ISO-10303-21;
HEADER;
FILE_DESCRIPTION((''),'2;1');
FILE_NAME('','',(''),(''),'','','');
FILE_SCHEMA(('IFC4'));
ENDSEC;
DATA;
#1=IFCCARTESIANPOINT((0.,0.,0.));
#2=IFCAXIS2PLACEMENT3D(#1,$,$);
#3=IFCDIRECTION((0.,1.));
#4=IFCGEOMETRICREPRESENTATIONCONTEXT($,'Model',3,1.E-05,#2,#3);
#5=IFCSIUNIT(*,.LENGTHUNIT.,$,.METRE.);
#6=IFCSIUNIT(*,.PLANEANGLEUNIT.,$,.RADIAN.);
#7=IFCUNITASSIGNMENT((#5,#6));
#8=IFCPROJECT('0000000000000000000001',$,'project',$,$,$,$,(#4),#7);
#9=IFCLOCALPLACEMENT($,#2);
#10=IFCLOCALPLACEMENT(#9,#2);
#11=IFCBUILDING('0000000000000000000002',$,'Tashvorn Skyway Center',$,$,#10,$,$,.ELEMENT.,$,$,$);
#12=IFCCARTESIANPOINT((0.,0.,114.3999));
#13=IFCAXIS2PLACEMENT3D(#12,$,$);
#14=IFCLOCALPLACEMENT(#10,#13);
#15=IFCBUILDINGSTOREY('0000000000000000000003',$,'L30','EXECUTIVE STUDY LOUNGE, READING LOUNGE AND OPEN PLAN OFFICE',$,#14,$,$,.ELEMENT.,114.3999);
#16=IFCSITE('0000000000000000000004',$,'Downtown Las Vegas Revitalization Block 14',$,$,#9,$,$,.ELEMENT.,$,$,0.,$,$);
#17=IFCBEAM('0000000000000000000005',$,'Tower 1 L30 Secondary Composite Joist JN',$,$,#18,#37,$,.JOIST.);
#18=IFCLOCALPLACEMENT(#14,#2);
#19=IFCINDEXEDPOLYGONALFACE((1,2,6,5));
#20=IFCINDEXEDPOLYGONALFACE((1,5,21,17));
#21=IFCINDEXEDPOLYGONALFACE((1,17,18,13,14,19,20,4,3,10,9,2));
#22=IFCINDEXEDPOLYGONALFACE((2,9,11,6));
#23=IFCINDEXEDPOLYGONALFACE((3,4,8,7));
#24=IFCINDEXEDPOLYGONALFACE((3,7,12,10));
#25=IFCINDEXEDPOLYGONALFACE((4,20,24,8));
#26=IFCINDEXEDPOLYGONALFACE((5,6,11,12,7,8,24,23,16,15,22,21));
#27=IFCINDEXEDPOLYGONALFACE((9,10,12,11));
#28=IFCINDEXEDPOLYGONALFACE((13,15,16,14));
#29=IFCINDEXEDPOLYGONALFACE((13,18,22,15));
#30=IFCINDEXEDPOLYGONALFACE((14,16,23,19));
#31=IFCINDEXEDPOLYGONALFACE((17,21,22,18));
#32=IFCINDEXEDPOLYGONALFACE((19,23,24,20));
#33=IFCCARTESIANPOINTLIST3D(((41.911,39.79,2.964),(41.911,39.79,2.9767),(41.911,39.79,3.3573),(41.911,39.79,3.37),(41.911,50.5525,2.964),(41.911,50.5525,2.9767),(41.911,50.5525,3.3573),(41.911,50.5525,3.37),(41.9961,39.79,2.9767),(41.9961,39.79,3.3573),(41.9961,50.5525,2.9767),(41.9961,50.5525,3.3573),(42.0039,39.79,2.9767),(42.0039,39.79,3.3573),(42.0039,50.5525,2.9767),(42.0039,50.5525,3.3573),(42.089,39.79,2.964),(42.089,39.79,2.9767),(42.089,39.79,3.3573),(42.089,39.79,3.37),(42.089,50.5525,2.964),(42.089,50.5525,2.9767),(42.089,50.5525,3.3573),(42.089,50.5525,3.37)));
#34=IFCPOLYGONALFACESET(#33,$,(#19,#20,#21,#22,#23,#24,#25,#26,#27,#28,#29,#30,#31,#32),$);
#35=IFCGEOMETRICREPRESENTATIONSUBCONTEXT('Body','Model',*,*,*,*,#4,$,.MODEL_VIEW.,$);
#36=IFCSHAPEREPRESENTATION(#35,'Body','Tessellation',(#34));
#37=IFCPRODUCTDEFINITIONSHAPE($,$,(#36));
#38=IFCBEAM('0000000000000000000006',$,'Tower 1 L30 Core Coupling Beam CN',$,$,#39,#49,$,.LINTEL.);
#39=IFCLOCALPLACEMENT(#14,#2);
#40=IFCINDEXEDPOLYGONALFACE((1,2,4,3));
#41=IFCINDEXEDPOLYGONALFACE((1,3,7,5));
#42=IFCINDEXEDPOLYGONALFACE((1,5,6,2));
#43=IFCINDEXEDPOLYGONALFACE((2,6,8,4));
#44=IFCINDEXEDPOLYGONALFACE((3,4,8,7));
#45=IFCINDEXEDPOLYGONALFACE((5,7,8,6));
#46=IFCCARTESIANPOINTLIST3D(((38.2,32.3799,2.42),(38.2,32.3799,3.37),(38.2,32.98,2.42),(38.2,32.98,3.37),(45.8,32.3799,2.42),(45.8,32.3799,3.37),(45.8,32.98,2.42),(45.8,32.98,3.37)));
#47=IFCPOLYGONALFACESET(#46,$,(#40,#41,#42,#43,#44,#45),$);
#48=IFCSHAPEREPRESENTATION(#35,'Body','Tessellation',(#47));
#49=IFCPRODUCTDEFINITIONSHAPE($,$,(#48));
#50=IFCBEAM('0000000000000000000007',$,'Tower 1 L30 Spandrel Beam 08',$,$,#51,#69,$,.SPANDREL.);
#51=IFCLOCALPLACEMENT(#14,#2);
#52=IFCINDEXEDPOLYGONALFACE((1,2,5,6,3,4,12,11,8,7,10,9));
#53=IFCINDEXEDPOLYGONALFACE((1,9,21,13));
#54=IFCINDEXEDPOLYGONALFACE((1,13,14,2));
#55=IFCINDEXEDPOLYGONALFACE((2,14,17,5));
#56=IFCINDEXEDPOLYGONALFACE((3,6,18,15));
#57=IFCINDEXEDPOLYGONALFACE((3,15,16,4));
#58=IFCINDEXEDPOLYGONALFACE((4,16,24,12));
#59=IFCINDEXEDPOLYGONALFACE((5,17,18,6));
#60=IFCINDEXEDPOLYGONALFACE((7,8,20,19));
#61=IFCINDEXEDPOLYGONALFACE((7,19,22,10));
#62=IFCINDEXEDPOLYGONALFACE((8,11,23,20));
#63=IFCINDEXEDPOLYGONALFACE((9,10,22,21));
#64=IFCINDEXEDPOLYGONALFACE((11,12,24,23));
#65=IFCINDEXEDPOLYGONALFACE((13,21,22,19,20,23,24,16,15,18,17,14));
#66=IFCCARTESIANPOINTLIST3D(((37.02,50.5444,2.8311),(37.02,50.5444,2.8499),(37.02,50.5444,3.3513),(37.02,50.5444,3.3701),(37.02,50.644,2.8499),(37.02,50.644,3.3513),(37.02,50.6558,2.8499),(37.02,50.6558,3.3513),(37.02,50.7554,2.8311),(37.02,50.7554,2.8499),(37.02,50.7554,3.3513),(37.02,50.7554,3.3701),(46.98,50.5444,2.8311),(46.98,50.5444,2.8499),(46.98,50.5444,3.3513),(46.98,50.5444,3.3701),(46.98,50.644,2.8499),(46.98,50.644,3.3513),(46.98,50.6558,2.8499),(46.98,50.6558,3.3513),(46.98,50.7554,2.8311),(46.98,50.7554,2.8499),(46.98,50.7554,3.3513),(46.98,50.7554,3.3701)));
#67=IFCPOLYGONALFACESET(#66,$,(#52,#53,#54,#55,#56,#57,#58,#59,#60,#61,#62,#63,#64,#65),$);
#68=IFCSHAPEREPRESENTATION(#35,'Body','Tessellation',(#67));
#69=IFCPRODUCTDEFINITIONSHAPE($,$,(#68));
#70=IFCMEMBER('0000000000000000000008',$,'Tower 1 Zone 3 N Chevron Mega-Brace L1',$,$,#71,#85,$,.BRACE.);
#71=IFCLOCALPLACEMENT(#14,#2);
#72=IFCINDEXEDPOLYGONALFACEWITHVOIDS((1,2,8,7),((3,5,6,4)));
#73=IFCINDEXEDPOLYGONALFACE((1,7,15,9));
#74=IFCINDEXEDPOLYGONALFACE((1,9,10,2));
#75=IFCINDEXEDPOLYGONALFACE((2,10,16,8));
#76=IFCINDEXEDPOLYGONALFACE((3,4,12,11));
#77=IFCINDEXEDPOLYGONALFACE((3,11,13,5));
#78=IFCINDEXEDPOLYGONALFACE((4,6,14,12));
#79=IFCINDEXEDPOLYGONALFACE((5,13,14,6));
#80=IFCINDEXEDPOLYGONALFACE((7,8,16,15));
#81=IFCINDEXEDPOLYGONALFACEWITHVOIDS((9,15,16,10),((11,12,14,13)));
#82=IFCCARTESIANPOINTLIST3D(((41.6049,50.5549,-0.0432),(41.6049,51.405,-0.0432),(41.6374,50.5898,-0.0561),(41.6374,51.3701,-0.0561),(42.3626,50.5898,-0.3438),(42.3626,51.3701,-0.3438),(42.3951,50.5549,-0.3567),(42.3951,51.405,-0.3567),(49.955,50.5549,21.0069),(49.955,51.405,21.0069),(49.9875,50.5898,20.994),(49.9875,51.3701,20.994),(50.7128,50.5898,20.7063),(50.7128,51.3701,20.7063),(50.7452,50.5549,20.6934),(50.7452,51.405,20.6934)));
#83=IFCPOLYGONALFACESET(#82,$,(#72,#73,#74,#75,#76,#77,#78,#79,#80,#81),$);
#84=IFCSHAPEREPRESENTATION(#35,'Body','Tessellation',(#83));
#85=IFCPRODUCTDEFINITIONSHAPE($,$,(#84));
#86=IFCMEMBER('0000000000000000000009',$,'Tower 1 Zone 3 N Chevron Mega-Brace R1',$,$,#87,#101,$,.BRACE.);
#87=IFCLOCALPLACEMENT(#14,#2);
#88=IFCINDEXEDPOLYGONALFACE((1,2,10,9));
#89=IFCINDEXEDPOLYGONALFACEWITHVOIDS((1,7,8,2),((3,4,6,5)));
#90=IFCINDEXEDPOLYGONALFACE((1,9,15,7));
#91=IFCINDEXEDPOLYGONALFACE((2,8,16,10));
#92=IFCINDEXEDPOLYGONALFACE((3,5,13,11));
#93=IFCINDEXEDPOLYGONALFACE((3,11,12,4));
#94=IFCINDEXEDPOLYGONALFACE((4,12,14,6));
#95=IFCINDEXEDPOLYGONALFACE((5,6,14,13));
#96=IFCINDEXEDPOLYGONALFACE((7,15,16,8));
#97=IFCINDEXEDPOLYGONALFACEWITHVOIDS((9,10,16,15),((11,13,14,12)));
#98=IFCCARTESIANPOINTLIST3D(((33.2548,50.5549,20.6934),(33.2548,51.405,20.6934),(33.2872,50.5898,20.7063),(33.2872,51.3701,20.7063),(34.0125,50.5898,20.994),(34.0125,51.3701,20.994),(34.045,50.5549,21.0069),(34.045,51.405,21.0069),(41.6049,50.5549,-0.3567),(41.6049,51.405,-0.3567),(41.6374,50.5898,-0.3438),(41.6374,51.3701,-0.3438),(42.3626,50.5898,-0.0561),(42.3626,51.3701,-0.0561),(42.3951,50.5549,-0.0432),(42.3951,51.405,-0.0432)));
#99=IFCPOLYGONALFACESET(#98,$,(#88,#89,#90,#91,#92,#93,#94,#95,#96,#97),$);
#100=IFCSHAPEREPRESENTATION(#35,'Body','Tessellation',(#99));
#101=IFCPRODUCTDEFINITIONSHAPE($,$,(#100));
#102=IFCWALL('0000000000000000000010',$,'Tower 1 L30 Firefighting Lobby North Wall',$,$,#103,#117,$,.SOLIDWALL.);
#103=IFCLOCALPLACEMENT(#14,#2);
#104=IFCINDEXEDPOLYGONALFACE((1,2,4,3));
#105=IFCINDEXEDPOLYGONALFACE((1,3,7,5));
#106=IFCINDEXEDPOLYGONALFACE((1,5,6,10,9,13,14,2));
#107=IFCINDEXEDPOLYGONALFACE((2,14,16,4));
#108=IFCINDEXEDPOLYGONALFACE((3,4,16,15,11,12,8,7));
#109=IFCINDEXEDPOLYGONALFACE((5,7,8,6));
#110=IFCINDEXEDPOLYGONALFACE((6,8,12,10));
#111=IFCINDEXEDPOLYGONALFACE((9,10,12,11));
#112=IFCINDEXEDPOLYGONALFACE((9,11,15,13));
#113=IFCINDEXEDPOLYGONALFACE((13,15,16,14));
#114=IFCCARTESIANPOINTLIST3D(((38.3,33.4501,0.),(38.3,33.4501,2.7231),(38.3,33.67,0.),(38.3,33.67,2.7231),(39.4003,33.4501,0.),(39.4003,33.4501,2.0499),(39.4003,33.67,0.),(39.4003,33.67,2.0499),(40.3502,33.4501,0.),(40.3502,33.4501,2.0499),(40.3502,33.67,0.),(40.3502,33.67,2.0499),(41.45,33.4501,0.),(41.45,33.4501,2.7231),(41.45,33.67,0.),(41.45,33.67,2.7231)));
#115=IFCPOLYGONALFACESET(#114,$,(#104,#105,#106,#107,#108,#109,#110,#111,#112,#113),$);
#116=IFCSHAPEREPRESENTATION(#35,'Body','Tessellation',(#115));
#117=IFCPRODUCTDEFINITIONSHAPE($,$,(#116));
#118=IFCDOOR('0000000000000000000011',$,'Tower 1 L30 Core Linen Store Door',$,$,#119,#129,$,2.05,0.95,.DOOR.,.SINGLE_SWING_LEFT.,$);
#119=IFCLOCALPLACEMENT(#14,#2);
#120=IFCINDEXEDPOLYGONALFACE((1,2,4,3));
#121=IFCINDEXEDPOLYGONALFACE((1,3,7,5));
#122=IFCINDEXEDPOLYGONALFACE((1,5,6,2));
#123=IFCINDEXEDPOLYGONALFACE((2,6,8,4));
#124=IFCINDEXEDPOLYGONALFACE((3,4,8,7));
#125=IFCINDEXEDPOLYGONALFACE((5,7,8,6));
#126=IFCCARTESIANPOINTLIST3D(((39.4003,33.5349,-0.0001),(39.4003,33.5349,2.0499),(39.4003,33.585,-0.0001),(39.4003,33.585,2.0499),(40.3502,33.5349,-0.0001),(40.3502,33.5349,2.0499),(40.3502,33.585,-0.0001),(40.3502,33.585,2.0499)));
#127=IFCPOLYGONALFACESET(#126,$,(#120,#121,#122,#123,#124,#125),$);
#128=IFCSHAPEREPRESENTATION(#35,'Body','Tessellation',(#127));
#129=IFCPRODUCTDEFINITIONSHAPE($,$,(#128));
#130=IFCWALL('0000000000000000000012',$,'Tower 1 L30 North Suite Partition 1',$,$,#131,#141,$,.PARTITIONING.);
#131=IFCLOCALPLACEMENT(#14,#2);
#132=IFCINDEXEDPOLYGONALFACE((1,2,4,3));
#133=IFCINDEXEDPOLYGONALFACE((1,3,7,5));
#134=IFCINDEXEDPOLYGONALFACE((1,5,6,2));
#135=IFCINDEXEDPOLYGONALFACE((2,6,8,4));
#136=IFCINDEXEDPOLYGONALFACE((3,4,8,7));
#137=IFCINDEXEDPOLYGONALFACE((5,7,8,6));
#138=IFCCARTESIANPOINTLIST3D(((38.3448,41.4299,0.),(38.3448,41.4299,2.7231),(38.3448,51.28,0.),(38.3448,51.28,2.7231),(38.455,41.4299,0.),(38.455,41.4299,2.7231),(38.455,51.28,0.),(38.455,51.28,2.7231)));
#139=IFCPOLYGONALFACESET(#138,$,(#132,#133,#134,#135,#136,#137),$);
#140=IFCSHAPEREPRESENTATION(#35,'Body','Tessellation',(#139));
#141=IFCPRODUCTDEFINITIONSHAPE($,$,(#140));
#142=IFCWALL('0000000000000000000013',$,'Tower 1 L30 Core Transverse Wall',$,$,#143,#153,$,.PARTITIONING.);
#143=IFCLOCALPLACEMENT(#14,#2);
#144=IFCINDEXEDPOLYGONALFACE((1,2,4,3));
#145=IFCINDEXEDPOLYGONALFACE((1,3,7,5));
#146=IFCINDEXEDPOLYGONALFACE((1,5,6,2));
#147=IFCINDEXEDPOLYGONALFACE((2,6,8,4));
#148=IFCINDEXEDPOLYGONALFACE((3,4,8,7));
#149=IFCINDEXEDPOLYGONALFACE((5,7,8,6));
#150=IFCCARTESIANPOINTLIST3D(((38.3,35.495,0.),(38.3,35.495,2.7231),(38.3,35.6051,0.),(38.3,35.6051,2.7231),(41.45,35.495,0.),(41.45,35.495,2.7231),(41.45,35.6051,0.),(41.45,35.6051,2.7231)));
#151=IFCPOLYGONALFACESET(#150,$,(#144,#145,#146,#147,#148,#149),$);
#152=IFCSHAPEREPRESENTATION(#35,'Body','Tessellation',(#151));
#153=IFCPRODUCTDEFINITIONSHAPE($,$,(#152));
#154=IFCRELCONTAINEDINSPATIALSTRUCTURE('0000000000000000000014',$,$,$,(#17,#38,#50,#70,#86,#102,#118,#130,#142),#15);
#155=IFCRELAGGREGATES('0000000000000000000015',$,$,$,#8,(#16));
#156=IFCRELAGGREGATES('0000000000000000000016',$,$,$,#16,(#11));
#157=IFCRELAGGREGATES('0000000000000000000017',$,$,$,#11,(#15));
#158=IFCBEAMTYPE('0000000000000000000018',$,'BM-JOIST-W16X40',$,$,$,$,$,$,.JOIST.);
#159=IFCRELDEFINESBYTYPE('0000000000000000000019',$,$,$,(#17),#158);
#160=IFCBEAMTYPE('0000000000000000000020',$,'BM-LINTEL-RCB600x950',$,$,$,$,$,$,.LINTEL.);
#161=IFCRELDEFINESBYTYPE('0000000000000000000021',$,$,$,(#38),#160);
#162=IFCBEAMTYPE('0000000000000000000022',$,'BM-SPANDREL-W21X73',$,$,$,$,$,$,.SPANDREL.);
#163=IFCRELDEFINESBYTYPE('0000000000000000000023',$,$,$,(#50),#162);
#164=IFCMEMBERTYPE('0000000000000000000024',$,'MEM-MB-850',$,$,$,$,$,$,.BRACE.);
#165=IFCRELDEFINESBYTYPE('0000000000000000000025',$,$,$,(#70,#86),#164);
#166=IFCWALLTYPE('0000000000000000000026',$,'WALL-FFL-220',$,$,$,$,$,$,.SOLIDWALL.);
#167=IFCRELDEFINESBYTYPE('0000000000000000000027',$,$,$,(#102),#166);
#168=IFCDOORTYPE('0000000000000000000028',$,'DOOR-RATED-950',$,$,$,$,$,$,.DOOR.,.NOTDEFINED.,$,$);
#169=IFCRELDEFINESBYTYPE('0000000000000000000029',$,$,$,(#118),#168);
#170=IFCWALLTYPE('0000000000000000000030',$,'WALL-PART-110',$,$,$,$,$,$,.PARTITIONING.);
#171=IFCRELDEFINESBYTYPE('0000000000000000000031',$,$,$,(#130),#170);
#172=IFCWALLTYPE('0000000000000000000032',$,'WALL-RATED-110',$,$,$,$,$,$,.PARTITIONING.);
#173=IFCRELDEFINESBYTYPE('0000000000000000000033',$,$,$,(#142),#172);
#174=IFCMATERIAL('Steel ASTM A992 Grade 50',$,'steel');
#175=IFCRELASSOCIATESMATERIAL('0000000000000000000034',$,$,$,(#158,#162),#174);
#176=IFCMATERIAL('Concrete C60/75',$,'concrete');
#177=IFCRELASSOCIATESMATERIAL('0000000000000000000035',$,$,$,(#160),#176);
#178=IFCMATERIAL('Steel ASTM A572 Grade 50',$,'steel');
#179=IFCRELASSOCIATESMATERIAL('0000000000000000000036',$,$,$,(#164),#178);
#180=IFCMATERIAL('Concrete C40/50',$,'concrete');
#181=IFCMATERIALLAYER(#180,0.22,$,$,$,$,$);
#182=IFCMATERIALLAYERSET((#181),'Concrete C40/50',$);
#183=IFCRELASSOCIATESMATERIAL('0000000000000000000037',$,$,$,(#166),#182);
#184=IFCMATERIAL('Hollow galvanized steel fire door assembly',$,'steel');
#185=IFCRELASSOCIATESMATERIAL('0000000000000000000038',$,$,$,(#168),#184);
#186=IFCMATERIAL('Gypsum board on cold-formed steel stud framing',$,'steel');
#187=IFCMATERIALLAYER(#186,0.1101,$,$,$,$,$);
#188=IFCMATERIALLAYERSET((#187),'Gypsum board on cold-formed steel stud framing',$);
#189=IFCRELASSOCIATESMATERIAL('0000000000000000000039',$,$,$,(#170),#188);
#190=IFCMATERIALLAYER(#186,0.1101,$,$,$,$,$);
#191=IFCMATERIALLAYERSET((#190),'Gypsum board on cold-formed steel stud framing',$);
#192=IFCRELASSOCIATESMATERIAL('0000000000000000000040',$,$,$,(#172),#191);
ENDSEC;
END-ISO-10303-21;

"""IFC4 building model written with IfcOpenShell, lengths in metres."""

from ifc_helpers import new_model, si_unit, direction, frame, frame_2d, origin, origin_2d, place, context, subcontext, project, spatial, rectangle, hollow_rectangle, i_section, extrude, material, layer, layer_set, material_profile, profile_set, type_object, element, fill, save


model = new_model("IFC4")

# Units and contexts
model_context = context("Model", 3, precision=1e-05, world=origin(), true_north=direction((0.0, 1.0)))
body_context = subcontext(model_context, "Body", "Model", "MODEL_VIEW")
ifc_project = project(units=[si_unit("LENGTHUNIT", "METRE"), si_unit("PLANEANGLEUNIT", "RADIAN")], contexts=[model_context])

# Site, building, storey
site_placement = place(None, origin())
site = spatial("IfcSite", under=ifc_project, at=site_placement, Name="Downtown Las Vegas Revitalization Block 14", CompositionType="ELEMENT", RefElevation=0.0)
building_placement = place(site_placement, origin())
building = spatial("IfcBuilding", under=site, at=building_placement, Name="Tashvorn Skyway Center", CompositionType="ELEMENT")
storey_placement = place(building_placement, frame((0.0, 0.0, 114.3999)))
storey = spatial("IfcBuildingStorey", under=building, at=storey_placement, Name="L30", Description="EXECUTIVE STUDY LOUNGE, READING LOUNGE AND OPEN PLAN OFFICE", CompositionType="ELEMENT", Elevation=114.3999)

# Beams
ifc_material_1 = material(Name="Steel ASTM A992 Grade 50", Category="steel")
ifc_material_profile_1 = material_profile(ifc_material_1, i_section(OverallWidth=0.178, OverallDepth=0.406, WebThickness=0.0078, FlangeThickness=0.0127, at=origin_2d()), Name="W16X40")
ifc_profile_set_1 = profile_set([ifc_material_profile_1], Name="Steel ASTM A992 Grade 50")
beam_type_1 = type_object("IfcBeamType", Name="BM-JOIST-W16X40", PredefinedType="JOIST", material=ifc_profile_set_1)
beam_1_placement = place(storey_placement, frame((42.0, 39.79, 3.167), z_axis=(0.0, 1.0, 0.0), x_axis=(-1.0, 0.0, 0.0)))
element("IfcBeam", 1, at=beam_1_placement, inside=storey, type_object=beam_type_1, Name="Tower 1 L30 Secondary Composite Joist JN", PredefinedType="JOIST", context=body_context, shape_type="SweptSolid", body=[
    extrude(i_section(OverallWidth=0.178, OverallDepth=0.406, WebThickness=0.0078, FlangeThickness=0.0127, at=origin_2d()), origin(), (0.0, 0.0, 1.0), 10.7625),
])
ifc_material_2 = material(Name="Concrete C60/75", Category="concrete")
ifc_material_profile_2 = material_profile(ifc_material_2, rectangle(XDim=0.6001, YDim=0.95, at=origin_2d()), Name="RCB600x950")
ifc_profile_set_2 = profile_set([ifc_material_profile_2], Name="Concrete C60/75")
beam_type_2 = type_object("IfcBeamType", Name="BM-LINTEL-RCB600x950", PredefinedType="LINTEL", material=ifc_profile_set_2)
beam_2_placement = place(storey_placement, frame((38.2, 32.6799, 2.895), z_axis=(1.0, 0.0, 0.0), x_axis=(0.0, 1.0, 0.0)))
element("IfcBeam", 2, at=beam_2_placement, inside=storey, type_object=beam_type_2, Name="Tower 1 L30 Core Coupling Beam CN", PredefinedType="LINTEL", context=body_context, shape_type="SweptSolid", body=[
    extrude(rectangle(XDim=0.6001, YDim=0.95, at=origin_2d()), origin(), (0.0, 0.0, 1.0), 7.6001),
])
ifc_material_profile_3 = material_profile(ifc_material_1, i_section(OverallWidth=0.2109, OverallDepth=0.5391, WebThickness=0.0117, FlangeThickness=0.0188, at=origin_2d()), Name="W21X73")
ifc_profile_set_3 = profile_set([ifc_material_profile_3], Name="Steel ASTM A992 Grade 50")
beam_type_3 = type_object("IfcBeamType", Name="BM-SPANDREL-W21X73", PredefinedType="SPANDREL", material=ifc_profile_set_3)
beam_3_placement = place(storey_placement, frame((46.98, 50.6499, 3.1006), z_axis=(-1.0, 0.0, 0.0), x_axis=(0.0, -1.0, 0.0)))
element("IfcBeam", 3, at=beam_3_placement, inside=storey, type_object=beam_type_3, Name="Tower 1 L30 Spandrel Beam 08", PredefinedType="SPANDREL", context=body_context, shape_type="SweptSolid", body=[
    extrude(i_section(OverallWidth=0.2109, OverallDepth=0.5391, WebThickness=0.0117, FlangeThickness=0.0188, at=origin_2d()), origin(), (0.0, 0.0, 1.0), 9.96),
])

# Members
ifc_material_3 = material(Name="Steel ASTM A572 Grade 50", Category="steel")
ifc_material_profile_4 = material_profile(ifc_material_3, hollow_rectangle(XDim=0.8501, YDim=0.8501, WallThickness=0.0349, at=origin_2d()), Name="BOX850x850x35")
ifc_profile_set_4 = profile_set([ifc_material_profile_4], Name="Steel ASTM A572 Grade 50")
member_type = type_object("IfcMemberType", Name="MEM-MB-850", PredefinedType="BRACE", material=ifc_profile_set_4)
for number, where, z_axis, x_axis, name in (
    (4, (42.0, 50.98, -0.2), (0.368727, 0.0, 0.929538), (0.0, 1.0, 0.0), "Tower 1 Zone 3 N Chevron Mega-Brace L1"),
    (5, (42.0, 50.98, -0.2), (-0.368727, 0.0, 0.929538), (0.0, -1.0, 0.0), "Tower 1 Zone 3 N Chevron Mega-Brace R1"),
):
    element("IfcMember", number, at=place(storey_placement, frame(where, z_axis=z_axis, x_axis=x_axis)), inside=storey, type_object=member_type, Name=name, PredefinedType="BRACE", context=body_context, shape_type="SweptSolid", body=[
        extrude(hollow_rectangle(XDim=0.8501, YDim=0.8501, WallThickness=0.0349, at=origin_2d()), origin(), (0.0, 0.0, 1.0), 22.6458),
    ])

# Wall, opening, door
ifc_material_4 = material(Name="Concrete C40/50", Category="concrete")
ifc_layer_1 = layer(ifc_material_4, 0.22)
ifc_layer_set_1 = layer_set([ifc_layer_1], Name="Concrete C40/50")
wall_type_1 = type_object("IfcWallType", Name="WALL-FFL-220", PredefinedType="SOLIDWALL", material=ifc_layer_set_1)
wall_1_placement = place(storey_placement, frame((38.3, 33.5601, 0.0), z_axis=(0.0, 0.0, 1.0), x_axis=(1.0, 0.0, 0.0)))
wall_1 = element("IfcWall", 6, at=wall_1_placement, inside=storey, type_object=wall_type_1, Name="Tower 1 L30 Firefighting Lobby North Wall", PredefinedType="SOLIDWALL", context=body_context, shape_type="SweptSolid", body=[
    extrude(rectangle(XDim=3.1499, YDim=0.22, at=frame_2d((1.575, 0.0))), origin(), (0.0, 0.0, 1.0), 2.7231),
])
opening_1_placement = place(wall_1_placement, frame((1.1001, 0.0, 0.0)))
opening_1 = element("IfcOpeningElement", 7, at=opening_1_placement, cuts=wall_1, PredefinedType="OPENING", context=body_context, shape_type="SweptSolid", body=[
    extrude(rectangle(XDim=0.95, YDim=2.05, at=frame_2d((0.4751, 1.0249))), frame((0.0, 0.1199, 0.0), z_axis=(0.0, -1.0, 0.0), x_axis=(1.0, 0.0, 0.0)), (0.0, 0.0, 1.0), 0.24),
])
ifc_material_5 = material(Name="Hollow galvanized steel fire door assembly", Category="steel")
door_type_1 = type_object("IfcDoorType", Name="DOOR-RATED-950", OperationType="NOTDEFINED", PredefinedType="DOOR", material=ifc_material_5)
door_1_placement = place(opening_1_placement, origin())
door_1 = element("IfcDoor", 8, at=door_1_placement, inside=storey, type_object=door_type_1, Name="Tower 1 L30 Core Linen Store Door", OperationType="SINGLE_SWING_LEFT", OverallHeight=2.05, OverallWidth=0.95, PredefinedType="DOOR", context=body_context, shape_type="SweptSolid", body=[
    extrude(rectangle(XDim=0.95, YDim=2.05, at=frame_2d((0.4751, 1.0249))), frame((0.0, 0.0249, 0.0), z_axis=(0.0, -1.0, 0.0), x_axis=(1.0, 0.0, 0.0)), (0.0, 0.0, 1.0), 0.05),
])
fill(opening_1, door_1)

# Walls
ifc_material_6 = material(Name="Gypsum board on cold-formed steel stud framing", Category="steel")
ifc_layer_2 = layer(ifc_material_6, 0.1101)
ifc_layer_set_2 = layer_set([ifc_layer_2], Name="Gypsum board on cold-formed steel stud framing")
wall_type_2 = type_object("IfcWallType", Name="WALL-PART-110", PredefinedType="PARTITIONING", material=ifc_layer_set_2)
wall_2_placement = place(storey_placement, frame((38.3999, 41.4299, 0.0), z_axis=(0.0, 0.0, 1.0), x_axis=(0.0, 1.0, 0.0)))
element("IfcWall", 9, at=wall_2_placement, inside=storey, type_object=wall_type_2, Name="Tower 1 L30 North Suite Partition 1", PredefinedType="PARTITIONING", context=body_context, shape_type="SweptSolid", body=[
    extrude(rectangle(XDim=9.8501, YDim=0.1101, at=frame_2d((4.925, 0.0))), origin(), (0.0, 0.0, 1.0), 2.7231),
])
ifc_layer_3 = layer(ifc_material_6, 0.1101)
ifc_layer_set_3 = layer_set([ifc_layer_3], Name="Gypsum board on cold-formed steel stud framing")
wall_type_3 = type_object("IfcWallType", Name="WALL-RATED-110", PredefinedType="PARTITIONING", material=ifc_layer_set_3)
wall_3_placement = place(storey_placement, frame((38.3, 35.55, 0.0), z_axis=(0.0, 0.0, 1.0), x_axis=(1.0, 0.0, 0.0)))
element("IfcWall", 10, at=wall_3_placement, inside=storey, type_object=wall_type_3, Name="Tower 1 L30 Core Transverse Wall", PredefinedType="PARTITIONING", context=body_context, shape_type="SweptSolid", body=[
    extrude(rectangle(XDim=3.1499, YDim=0.1101, at=frame_2d((1.575, 0.0))), origin(), (0.0, 0.0, 1.0), 2.7231),
])

save(model, "model.ifc")
